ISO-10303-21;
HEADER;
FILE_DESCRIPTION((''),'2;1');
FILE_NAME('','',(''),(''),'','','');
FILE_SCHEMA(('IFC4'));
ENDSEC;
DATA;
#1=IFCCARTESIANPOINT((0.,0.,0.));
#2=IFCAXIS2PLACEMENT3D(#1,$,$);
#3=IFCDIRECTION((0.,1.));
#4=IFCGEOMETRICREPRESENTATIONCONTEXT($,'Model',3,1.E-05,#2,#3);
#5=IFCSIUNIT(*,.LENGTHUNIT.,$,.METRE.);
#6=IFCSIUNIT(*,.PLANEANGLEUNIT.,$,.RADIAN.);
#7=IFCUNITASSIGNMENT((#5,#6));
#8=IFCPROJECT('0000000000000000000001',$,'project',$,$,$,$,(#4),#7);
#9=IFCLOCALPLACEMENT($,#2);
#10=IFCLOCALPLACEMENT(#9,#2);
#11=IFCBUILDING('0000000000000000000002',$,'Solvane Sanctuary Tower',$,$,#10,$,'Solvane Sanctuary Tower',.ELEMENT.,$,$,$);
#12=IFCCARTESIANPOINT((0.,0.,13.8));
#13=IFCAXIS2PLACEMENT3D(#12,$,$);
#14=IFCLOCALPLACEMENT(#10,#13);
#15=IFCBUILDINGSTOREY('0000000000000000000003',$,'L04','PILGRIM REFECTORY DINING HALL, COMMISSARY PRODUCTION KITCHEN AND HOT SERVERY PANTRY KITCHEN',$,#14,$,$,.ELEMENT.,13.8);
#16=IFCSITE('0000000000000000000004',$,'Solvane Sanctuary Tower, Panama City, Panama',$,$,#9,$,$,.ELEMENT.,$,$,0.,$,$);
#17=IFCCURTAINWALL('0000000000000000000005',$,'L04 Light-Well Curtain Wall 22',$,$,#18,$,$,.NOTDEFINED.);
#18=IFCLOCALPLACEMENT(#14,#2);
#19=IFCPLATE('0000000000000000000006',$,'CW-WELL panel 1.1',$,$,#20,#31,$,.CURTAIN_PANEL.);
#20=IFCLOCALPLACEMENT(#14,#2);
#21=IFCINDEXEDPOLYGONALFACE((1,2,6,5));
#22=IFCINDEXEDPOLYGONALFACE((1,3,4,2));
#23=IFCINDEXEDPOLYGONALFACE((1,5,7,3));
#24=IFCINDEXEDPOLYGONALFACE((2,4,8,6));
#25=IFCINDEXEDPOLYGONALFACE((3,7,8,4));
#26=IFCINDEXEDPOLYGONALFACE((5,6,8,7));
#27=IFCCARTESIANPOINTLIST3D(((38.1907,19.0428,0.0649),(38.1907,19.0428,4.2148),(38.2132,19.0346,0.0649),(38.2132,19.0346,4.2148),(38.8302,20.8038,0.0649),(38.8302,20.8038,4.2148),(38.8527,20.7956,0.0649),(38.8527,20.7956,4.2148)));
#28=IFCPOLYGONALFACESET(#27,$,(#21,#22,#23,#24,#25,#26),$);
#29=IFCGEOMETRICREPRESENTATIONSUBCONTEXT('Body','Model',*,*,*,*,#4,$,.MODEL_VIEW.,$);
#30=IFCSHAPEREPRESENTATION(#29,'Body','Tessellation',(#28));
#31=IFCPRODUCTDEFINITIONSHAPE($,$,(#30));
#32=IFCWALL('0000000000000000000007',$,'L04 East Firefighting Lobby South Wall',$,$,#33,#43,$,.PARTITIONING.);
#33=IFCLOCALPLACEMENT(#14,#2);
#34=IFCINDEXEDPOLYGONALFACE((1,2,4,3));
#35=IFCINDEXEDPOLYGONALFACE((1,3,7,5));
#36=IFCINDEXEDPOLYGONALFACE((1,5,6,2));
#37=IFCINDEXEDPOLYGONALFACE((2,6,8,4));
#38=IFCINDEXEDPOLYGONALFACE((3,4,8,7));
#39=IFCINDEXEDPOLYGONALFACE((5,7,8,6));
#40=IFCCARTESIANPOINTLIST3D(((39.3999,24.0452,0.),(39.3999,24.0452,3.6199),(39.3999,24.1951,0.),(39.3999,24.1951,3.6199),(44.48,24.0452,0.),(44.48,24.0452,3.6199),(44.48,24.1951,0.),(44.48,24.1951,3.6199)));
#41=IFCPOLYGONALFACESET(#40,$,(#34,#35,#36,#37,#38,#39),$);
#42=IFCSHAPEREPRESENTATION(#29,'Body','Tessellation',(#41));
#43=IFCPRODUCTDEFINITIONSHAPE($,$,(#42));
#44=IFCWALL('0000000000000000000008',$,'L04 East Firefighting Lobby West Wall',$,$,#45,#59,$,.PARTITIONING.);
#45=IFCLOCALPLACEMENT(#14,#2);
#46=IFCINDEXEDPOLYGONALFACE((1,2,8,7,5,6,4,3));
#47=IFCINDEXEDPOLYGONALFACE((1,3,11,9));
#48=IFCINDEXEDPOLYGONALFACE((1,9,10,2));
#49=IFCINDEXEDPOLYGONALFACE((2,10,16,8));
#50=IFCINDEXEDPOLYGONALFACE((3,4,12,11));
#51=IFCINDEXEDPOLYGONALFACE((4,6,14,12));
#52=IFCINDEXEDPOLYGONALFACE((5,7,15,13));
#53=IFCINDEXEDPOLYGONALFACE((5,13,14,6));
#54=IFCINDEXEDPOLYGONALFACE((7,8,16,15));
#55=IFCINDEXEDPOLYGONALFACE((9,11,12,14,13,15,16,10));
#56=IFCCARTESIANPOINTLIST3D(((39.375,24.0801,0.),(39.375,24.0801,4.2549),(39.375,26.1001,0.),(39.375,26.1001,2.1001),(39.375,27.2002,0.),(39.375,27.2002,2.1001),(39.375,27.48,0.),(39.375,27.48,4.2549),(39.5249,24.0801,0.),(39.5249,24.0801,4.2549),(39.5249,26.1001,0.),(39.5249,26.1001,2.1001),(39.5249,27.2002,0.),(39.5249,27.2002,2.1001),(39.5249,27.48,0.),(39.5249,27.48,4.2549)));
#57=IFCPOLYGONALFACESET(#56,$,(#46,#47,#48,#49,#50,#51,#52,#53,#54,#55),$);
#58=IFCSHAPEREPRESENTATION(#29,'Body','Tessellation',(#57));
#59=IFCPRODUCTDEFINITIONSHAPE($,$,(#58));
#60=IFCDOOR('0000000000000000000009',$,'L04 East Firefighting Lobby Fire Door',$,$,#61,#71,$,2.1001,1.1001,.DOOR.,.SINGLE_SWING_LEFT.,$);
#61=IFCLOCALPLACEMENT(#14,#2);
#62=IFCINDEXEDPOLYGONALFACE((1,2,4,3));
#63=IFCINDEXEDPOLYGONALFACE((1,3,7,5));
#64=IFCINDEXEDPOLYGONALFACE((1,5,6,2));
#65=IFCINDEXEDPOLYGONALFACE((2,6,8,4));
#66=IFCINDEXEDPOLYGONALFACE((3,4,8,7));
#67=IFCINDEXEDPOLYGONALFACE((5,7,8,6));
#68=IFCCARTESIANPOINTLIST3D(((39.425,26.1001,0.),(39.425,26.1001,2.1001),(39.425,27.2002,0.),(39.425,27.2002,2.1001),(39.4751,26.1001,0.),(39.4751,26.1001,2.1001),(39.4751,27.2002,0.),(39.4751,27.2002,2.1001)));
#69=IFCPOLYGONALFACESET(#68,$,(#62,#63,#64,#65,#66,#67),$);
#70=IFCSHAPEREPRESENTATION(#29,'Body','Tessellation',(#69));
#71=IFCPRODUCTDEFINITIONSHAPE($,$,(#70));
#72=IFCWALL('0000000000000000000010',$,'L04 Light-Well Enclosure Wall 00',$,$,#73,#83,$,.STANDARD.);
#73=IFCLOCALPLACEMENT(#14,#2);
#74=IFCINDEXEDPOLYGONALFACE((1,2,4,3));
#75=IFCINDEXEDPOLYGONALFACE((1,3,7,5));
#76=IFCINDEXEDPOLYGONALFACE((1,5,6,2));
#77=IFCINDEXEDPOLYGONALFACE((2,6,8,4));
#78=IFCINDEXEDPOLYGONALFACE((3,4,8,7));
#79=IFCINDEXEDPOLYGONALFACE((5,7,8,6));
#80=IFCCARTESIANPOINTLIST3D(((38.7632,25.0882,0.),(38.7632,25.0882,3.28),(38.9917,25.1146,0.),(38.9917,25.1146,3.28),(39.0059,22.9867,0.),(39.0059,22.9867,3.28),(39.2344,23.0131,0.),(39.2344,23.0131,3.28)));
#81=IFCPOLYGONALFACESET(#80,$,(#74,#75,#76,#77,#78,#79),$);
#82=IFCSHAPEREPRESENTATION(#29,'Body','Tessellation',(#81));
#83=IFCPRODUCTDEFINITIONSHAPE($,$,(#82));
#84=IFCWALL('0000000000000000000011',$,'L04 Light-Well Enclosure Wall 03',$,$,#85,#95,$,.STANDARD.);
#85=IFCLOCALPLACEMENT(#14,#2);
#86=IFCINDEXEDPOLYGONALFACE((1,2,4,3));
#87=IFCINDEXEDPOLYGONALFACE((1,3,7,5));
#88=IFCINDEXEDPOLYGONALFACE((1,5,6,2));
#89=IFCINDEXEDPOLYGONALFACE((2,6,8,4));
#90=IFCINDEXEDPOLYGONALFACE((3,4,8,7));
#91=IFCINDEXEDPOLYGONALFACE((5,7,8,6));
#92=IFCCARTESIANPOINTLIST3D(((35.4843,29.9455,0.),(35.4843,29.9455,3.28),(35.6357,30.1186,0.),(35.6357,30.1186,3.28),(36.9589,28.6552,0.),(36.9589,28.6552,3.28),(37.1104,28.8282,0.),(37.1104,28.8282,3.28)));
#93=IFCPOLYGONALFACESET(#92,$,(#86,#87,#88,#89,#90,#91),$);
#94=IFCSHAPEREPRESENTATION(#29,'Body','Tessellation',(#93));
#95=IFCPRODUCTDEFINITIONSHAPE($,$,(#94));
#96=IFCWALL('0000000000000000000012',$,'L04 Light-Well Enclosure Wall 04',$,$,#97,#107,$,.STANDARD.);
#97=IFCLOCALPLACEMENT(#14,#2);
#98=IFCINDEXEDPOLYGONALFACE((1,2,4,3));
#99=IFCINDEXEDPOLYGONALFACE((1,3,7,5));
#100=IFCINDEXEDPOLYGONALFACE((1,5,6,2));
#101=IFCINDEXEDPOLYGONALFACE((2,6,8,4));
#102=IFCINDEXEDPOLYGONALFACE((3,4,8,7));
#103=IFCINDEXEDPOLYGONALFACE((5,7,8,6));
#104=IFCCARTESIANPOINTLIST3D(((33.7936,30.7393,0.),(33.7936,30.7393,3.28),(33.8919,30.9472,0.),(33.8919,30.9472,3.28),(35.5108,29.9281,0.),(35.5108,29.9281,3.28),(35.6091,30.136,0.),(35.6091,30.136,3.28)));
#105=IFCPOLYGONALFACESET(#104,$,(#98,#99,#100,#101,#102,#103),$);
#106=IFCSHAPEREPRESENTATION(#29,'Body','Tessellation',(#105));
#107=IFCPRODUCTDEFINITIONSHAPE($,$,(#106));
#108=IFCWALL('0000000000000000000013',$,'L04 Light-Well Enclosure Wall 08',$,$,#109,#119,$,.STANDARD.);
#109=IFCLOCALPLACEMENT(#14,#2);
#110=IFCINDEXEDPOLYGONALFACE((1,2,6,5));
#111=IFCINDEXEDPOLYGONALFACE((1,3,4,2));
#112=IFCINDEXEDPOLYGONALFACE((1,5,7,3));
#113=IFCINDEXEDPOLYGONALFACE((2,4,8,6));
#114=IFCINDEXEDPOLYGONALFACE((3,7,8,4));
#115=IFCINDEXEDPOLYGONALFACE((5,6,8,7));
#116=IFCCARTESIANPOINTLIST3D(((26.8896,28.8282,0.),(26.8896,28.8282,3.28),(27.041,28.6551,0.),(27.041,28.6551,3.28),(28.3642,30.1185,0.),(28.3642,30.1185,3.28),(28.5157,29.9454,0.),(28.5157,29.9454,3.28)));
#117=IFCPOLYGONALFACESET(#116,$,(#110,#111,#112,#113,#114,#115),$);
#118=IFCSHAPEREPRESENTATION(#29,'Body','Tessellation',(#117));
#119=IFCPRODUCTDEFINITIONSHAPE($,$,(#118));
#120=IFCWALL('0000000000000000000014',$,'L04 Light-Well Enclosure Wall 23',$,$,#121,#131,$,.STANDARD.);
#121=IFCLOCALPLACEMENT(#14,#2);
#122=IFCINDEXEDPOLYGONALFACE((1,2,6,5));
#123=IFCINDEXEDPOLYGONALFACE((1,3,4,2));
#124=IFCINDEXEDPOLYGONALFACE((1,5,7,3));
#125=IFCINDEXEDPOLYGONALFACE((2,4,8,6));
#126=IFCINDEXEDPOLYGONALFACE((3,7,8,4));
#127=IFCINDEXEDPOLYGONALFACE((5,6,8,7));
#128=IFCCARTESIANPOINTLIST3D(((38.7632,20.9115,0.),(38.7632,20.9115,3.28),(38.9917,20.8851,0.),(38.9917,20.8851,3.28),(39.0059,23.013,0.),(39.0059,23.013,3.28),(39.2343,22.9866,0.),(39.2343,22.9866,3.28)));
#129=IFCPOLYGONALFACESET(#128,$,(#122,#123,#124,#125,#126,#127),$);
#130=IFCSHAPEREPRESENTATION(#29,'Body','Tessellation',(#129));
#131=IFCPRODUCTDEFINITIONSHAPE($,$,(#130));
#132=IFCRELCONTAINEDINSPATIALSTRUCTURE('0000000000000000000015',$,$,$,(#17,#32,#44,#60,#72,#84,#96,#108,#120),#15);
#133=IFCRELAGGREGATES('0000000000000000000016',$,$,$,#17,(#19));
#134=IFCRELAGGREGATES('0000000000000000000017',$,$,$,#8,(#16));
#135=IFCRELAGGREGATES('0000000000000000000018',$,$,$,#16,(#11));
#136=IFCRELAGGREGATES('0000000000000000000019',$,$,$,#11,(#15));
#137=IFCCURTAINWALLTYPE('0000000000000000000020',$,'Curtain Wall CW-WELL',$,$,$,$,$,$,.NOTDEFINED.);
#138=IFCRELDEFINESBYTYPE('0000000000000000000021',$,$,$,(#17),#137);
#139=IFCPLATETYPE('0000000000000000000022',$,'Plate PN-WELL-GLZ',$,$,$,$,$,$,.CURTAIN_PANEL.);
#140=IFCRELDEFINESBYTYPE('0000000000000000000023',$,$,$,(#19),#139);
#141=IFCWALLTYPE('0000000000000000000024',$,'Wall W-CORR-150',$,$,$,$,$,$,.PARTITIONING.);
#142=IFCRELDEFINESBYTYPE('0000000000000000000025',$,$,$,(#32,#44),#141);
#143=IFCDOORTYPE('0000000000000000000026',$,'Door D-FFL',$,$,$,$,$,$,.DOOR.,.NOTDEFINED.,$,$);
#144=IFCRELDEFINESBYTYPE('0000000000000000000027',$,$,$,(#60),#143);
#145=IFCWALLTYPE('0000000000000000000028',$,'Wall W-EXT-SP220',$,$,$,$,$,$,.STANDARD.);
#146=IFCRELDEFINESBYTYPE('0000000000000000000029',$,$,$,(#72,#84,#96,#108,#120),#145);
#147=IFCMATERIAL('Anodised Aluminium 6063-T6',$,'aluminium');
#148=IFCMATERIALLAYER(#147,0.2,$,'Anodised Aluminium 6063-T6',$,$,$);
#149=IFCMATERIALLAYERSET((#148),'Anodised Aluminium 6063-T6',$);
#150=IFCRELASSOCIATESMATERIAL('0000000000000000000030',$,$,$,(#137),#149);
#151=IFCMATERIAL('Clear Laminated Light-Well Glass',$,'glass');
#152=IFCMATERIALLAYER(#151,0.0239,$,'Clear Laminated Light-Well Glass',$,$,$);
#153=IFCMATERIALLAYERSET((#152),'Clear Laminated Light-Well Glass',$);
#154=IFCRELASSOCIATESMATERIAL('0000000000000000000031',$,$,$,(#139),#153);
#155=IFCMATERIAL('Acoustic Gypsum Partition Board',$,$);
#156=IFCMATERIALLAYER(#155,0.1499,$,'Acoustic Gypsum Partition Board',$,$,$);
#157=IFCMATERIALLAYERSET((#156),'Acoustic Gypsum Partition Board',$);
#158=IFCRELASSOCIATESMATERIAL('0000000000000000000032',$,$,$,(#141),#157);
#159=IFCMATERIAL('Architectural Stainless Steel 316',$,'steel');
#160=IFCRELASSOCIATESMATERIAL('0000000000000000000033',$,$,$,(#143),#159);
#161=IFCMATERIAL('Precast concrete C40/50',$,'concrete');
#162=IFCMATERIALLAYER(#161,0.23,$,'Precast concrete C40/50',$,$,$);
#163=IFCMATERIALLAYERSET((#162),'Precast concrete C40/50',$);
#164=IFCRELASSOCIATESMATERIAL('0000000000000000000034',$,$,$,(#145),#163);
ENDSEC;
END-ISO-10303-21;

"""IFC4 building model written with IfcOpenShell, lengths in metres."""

from ifc_helpers import new_model, si_unit, direction, frame, frame_2d, origin, origin_2d, place, context, subcontext, project, spatial, rectangle, extrude, material, layer, layer_set, type_object, element, fill, aggregate, save


model = new_model("IFC4")

# Units and contexts
model_context = context("Model", 3, precision=1e-05, world=origin(), true_north=direction((0.0, 1.0)))
body_context = subcontext(model_context, "Body", "Model", "MODEL_VIEW")
ifc_project = project(units=[si_unit("LENGTHUNIT", "METRE"), si_unit("PLANEANGLEUNIT", "RADIAN")], contexts=[model_context])

# Site, building, storey
site_placement = place(None, origin())
site = spatial("IfcSite", under=ifc_project, at=site_placement, Name="Solvane Sanctuary Tower, Panama City, Panama", CompositionType="ELEMENT", RefElevation=0.0)
building_placement = place(site_placement, origin())
building = spatial("IfcBuilding", under=site, at=building_placement, Name="Solvane Sanctuary Tower", LongName="Solvane Sanctuary Tower", CompositionType="ELEMENT")
storey_placement = place(building_placement, frame((0.0, 0.0, 13.8)))
storey = spatial("IfcBuildingStorey", under=building, at=storey_placement, Name="L04", Description="PILGRIM REFECTORY DINING HALL, COMMISSARY PRODUCTION KITCHEN AND HOT SERVERY PANTRY KITCHEN", CompositionType="ELEMENT", Elevation=13.8)

# Shared definitions
ifc_material_1 = material(Name="Anodised Aluminium 6063-T6", Category="aluminium")
ifc_layer_1 = layer(ifc_material_1, 0.2, Name="Anodised Aluminium 6063-T6")
ifc_layer_set_1 = layer_set([ifc_layer_1], Name="Anodised Aluminium 6063-T6")
curtain_wall_type = type_object("IfcCurtainWallType", Name="Curtain Wall CW-WELL", PredefinedType="NOTDEFINED", material=ifc_layer_set_1)

# Curtain wall
curtain_wall_1_placement = place(storey_placement, origin())
curtain_wall_1 = element("IfcCurtainWall", 1, at=curtain_wall_1_placement, inside=storey, type_object=curtain_wall_type, Name="L04 Light-Well Curtain Wall 22", PredefinedType="NOTDEFINED")

# Plate
ifc_material_2 = material(Name="Clear Laminated Light-Well Glass", Category="glass")
ifc_layer_2 = layer(ifc_material_2, 0.0239, Name="Clear Laminated Light-Well Glass")
ifc_layer_set_2 = layer_set([ifc_layer_2], Name="Clear Laminated Light-Well Glass")
plate_type = type_object("IfcPlateType", Name="Plate PN-WELL-GLZ", PredefinedType="CURTAIN_PANEL", material=ifc_layer_set_2)
plate_1_placement = place(storey_placement, frame((38.5217, 19.9192, 0.0649), z_axis=(0.0, 0.0, 1.0), x_axis=(0.341346, 0.939938, 0.0)))
plate_1 = element("IfcPlate", 2, at=plate_1_placement, type_object=plate_type, Name="CW-WELL panel 1.1", PredefinedType="CURTAIN_PANEL", context=body_context, shape_type="SweptSolid", body=[
    extrude(rectangle(XDim=1.8735, YDim=0.0239, at=origin_2d()), origin(), (0.0, 0.0, 1.0), 4.1499),
])
aggregate(curtain_wall_1, [plate_1])

# Wall
ifc_material_3 = material(Name="Acoustic Gypsum Partition Board")
ifc_layer_3 = layer(ifc_material_3, 0.1499, Name="Acoustic Gypsum Partition Board")
ifc_layer_set_3 = layer_set([ifc_layer_3], Name="Acoustic Gypsum Partition Board")
wall_type_1 = type_object("IfcWallType", Name="Wall W-CORR-150", PredefinedType="PARTITIONING", material=ifc_layer_set_3)
wall_1_placement = place(storey_placement, frame((39.3999, 24.1201, 0.0), z_axis=(0.0, 0.0, 1.0), x_axis=(1.0, 0.0, 0.0)))
element("IfcWall", 3, at=wall_1_placement, inside=storey, type_object=wall_type_1, Name="L04 East Firefighting Lobby South Wall", PredefinedType="PARTITIONING", context=body_context, shape_type="SweptSolid", body=[
    extrude(rectangle(XDim=5.0801, YDim=0.1499, at=frame_2d((2.54, 0.0))), origin(), (0.0, 0.0, 1.0), 3.6199),
])

# Wall, opening, door
wall_2_placement = place(storey_placement, frame((39.45, 24.0801, 0.0), z_axis=(0.0, 0.0, 1.0), x_axis=(0.0, 1.0, 0.0)))
wall_2 = element("IfcWall", 4, at=wall_2_placement, inside=storey, type_object=wall_type_1, Name="L04 East Firefighting Lobby West Wall", PredefinedType="PARTITIONING", context=body_context, shape_type="SweptSolid", body=[
    extrude(rectangle(XDim=3.3999, YDim=0.1499, at=frame_2d((1.7, 0.0))), origin(), (0.0, 0.0, 1.0), 4.2549),
])
opening_placement = place(wall_2_placement, frame((2.02, 0.0, 0.0)))
opening = element("IfcOpeningElement", 5, at=opening_placement, cuts=wall_2, PredefinedType="OPENING", context=body_context, shape_type="SweptSolid", body=[
    extrude(rectangle(XDim=1.1001, YDim=2.1001, at=frame_2d((0.55, 1.05))), frame((0.0, 0.085, 0.0), z_axis=(0.0, -1.0, 0.0), x_axis=(1.0, 0.0, 0.0)), (0.0, 0.0, 1.0), 0.1699),
])
ifc_material_4 = material(Name="Architectural Stainless Steel 316", Category="steel")
door_type = type_object("IfcDoorType", Name="Door D-FFL", OperationType="NOTDEFINED", PredefinedType="DOOR", material=ifc_material_4)
door_placement = place(opening_placement, origin())
door = element("IfcDoor", 6, at=door_placement, inside=storey, type_object=door_type, Name="L04 East Firefighting Lobby Fire Door", OperationType="SINGLE_SWING_LEFT", OverallHeight=2.1001, OverallWidth=1.1001, PredefinedType="DOOR", context=body_context, shape_type="SweptSolid", body=[
    extrude(rectangle(XDim=1.1001, YDim=2.1001, at=frame_2d((0.55, 1.05))), frame((0.0, 0.0249, 0.0), z_axis=(0.0, -1.0, 0.0), x_axis=(1.0, 0.0, 0.0)), (0.0, 0.0, 1.0), 0.05),
])
fill(opening, door)

# Walls
ifc_material_5 = material(Name="Precast concrete C40/50", Category="concrete")
ifc_layer_4 = layer(ifc_material_5, 0.23, Name="Precast concrete C40/50")
ifc_layer_set_4 = layer_set([ifc_layer_4], Name="Precast concrete C40/50")
wall_type_2 = type_object("IfcWallType", Name="Wall W-EXT-SP220", PredefinedType="STANDARD", material=ifc_layer_set_4)
wall_3_placement = place(storey_placement, frame((39.1201, 23.0, 0.0), z_axis=(0.0, 0.0, 1.0), x_axis=(-0.114712, 0.993399, 0.0)))
element("IfcWall", 7, at=wall_3_placement, inside=storey, type_object=wall_type_2, Name="L04 Light-Well Enclosure Wall 00", PredefinedType="STANDARD", context=body_context, shape_type="SweptSolid", body=[
    extrude(rectangle(XDim=2.1155, YDim=0.23, at=frame_2d((1.0576, 0.0))), origin(), (0.0, 0.0, 1.0), 3.28),
])
wall_4_placement = place(storey_placement, frame((37.0347, 28.7417, 0.0), z_axis=(0.0, 0.0, 1.0), x_axis=(-0.752577, 0.658505, 0.0)))
element("IfcWall", 8, at=wall_4_placement, inside=storey, type_object=wall_type_2, Name="L04 Light-Well Enclosure Wall 03", PredefinedType="STANDARD", context=body_context, shape_type="SweptSolid", body=[
    extrude(rectangle(XDim=1.9595, YDim=0.23, at=frame_2d((0.9797, 0.0))), origin(), (0.0, 0.0, 1.0), 3.28),
])
wall_5_placement = place(storey_placement, frame((35.5601, 30.032, 0.0), z_axis=(0.0, 0.0, 1.0), x_axis=(-0.90418, 0.427152, 0.0)))
element("IfcWall", 9, at=wall_5_placement, inside=storey, type_object=wall_type_2, Name="L04 Light-Well Enclosure Wall 04", PredefinedType="STANDARD", context=body_context, shape_type="SweptSolid", body=[
    extrude(rectangle(XDim=1.8992, YDim=0.23, at=frame_2d((0.9497, 0.0))), origin(), (0.0, 0.0, 1.0), 3.28),
])
wall_6_placement = place(storey_placement, frame((28.4399, 30.032, 0.0), z_axis=(0.0, 0.0, 1.0), x_axis=(-0.752577, -0.658505, 0.0)))
element("IfcWall", 10, at=wall_6_placement, inside=storey, type_object=wall_type_2, Name="L04 Light-Well Enclosure Wall 08", PredefinedType="STANDARD", context=body_context, shape_type="SweptSolid", body=[
    extrude(rectangle(XDim=1.9595, YDim=0.23, at=frame_2d((0.9797, 0.0))), origin(), (0.0, 0.0, 1.0), 3.28),
])
wall_7_placement = place(storey_placement, frame((38.8774, 20.8984, 0.0), z_axis=(0.0, 0.0, 1.0), x_axis=(0.114712, 0.993399, 0.0)))
element("IfcWall", 11, at=wall_7_placement, inside=storey, type_object=wall_type_2, Name="L04 Light-Well Enclosure Wall 23", PredefinedType="STANDARD", context=body_context, shape_type="SweptSolid", body=[
    extrude(rectangle(XDim=2.1155, YDim=0.23, at=frame_2d((1.0576, 0.0))), origin(), (0.0, 0.0, 1.0), 3.28),
])

save(model, "model.ifc")
